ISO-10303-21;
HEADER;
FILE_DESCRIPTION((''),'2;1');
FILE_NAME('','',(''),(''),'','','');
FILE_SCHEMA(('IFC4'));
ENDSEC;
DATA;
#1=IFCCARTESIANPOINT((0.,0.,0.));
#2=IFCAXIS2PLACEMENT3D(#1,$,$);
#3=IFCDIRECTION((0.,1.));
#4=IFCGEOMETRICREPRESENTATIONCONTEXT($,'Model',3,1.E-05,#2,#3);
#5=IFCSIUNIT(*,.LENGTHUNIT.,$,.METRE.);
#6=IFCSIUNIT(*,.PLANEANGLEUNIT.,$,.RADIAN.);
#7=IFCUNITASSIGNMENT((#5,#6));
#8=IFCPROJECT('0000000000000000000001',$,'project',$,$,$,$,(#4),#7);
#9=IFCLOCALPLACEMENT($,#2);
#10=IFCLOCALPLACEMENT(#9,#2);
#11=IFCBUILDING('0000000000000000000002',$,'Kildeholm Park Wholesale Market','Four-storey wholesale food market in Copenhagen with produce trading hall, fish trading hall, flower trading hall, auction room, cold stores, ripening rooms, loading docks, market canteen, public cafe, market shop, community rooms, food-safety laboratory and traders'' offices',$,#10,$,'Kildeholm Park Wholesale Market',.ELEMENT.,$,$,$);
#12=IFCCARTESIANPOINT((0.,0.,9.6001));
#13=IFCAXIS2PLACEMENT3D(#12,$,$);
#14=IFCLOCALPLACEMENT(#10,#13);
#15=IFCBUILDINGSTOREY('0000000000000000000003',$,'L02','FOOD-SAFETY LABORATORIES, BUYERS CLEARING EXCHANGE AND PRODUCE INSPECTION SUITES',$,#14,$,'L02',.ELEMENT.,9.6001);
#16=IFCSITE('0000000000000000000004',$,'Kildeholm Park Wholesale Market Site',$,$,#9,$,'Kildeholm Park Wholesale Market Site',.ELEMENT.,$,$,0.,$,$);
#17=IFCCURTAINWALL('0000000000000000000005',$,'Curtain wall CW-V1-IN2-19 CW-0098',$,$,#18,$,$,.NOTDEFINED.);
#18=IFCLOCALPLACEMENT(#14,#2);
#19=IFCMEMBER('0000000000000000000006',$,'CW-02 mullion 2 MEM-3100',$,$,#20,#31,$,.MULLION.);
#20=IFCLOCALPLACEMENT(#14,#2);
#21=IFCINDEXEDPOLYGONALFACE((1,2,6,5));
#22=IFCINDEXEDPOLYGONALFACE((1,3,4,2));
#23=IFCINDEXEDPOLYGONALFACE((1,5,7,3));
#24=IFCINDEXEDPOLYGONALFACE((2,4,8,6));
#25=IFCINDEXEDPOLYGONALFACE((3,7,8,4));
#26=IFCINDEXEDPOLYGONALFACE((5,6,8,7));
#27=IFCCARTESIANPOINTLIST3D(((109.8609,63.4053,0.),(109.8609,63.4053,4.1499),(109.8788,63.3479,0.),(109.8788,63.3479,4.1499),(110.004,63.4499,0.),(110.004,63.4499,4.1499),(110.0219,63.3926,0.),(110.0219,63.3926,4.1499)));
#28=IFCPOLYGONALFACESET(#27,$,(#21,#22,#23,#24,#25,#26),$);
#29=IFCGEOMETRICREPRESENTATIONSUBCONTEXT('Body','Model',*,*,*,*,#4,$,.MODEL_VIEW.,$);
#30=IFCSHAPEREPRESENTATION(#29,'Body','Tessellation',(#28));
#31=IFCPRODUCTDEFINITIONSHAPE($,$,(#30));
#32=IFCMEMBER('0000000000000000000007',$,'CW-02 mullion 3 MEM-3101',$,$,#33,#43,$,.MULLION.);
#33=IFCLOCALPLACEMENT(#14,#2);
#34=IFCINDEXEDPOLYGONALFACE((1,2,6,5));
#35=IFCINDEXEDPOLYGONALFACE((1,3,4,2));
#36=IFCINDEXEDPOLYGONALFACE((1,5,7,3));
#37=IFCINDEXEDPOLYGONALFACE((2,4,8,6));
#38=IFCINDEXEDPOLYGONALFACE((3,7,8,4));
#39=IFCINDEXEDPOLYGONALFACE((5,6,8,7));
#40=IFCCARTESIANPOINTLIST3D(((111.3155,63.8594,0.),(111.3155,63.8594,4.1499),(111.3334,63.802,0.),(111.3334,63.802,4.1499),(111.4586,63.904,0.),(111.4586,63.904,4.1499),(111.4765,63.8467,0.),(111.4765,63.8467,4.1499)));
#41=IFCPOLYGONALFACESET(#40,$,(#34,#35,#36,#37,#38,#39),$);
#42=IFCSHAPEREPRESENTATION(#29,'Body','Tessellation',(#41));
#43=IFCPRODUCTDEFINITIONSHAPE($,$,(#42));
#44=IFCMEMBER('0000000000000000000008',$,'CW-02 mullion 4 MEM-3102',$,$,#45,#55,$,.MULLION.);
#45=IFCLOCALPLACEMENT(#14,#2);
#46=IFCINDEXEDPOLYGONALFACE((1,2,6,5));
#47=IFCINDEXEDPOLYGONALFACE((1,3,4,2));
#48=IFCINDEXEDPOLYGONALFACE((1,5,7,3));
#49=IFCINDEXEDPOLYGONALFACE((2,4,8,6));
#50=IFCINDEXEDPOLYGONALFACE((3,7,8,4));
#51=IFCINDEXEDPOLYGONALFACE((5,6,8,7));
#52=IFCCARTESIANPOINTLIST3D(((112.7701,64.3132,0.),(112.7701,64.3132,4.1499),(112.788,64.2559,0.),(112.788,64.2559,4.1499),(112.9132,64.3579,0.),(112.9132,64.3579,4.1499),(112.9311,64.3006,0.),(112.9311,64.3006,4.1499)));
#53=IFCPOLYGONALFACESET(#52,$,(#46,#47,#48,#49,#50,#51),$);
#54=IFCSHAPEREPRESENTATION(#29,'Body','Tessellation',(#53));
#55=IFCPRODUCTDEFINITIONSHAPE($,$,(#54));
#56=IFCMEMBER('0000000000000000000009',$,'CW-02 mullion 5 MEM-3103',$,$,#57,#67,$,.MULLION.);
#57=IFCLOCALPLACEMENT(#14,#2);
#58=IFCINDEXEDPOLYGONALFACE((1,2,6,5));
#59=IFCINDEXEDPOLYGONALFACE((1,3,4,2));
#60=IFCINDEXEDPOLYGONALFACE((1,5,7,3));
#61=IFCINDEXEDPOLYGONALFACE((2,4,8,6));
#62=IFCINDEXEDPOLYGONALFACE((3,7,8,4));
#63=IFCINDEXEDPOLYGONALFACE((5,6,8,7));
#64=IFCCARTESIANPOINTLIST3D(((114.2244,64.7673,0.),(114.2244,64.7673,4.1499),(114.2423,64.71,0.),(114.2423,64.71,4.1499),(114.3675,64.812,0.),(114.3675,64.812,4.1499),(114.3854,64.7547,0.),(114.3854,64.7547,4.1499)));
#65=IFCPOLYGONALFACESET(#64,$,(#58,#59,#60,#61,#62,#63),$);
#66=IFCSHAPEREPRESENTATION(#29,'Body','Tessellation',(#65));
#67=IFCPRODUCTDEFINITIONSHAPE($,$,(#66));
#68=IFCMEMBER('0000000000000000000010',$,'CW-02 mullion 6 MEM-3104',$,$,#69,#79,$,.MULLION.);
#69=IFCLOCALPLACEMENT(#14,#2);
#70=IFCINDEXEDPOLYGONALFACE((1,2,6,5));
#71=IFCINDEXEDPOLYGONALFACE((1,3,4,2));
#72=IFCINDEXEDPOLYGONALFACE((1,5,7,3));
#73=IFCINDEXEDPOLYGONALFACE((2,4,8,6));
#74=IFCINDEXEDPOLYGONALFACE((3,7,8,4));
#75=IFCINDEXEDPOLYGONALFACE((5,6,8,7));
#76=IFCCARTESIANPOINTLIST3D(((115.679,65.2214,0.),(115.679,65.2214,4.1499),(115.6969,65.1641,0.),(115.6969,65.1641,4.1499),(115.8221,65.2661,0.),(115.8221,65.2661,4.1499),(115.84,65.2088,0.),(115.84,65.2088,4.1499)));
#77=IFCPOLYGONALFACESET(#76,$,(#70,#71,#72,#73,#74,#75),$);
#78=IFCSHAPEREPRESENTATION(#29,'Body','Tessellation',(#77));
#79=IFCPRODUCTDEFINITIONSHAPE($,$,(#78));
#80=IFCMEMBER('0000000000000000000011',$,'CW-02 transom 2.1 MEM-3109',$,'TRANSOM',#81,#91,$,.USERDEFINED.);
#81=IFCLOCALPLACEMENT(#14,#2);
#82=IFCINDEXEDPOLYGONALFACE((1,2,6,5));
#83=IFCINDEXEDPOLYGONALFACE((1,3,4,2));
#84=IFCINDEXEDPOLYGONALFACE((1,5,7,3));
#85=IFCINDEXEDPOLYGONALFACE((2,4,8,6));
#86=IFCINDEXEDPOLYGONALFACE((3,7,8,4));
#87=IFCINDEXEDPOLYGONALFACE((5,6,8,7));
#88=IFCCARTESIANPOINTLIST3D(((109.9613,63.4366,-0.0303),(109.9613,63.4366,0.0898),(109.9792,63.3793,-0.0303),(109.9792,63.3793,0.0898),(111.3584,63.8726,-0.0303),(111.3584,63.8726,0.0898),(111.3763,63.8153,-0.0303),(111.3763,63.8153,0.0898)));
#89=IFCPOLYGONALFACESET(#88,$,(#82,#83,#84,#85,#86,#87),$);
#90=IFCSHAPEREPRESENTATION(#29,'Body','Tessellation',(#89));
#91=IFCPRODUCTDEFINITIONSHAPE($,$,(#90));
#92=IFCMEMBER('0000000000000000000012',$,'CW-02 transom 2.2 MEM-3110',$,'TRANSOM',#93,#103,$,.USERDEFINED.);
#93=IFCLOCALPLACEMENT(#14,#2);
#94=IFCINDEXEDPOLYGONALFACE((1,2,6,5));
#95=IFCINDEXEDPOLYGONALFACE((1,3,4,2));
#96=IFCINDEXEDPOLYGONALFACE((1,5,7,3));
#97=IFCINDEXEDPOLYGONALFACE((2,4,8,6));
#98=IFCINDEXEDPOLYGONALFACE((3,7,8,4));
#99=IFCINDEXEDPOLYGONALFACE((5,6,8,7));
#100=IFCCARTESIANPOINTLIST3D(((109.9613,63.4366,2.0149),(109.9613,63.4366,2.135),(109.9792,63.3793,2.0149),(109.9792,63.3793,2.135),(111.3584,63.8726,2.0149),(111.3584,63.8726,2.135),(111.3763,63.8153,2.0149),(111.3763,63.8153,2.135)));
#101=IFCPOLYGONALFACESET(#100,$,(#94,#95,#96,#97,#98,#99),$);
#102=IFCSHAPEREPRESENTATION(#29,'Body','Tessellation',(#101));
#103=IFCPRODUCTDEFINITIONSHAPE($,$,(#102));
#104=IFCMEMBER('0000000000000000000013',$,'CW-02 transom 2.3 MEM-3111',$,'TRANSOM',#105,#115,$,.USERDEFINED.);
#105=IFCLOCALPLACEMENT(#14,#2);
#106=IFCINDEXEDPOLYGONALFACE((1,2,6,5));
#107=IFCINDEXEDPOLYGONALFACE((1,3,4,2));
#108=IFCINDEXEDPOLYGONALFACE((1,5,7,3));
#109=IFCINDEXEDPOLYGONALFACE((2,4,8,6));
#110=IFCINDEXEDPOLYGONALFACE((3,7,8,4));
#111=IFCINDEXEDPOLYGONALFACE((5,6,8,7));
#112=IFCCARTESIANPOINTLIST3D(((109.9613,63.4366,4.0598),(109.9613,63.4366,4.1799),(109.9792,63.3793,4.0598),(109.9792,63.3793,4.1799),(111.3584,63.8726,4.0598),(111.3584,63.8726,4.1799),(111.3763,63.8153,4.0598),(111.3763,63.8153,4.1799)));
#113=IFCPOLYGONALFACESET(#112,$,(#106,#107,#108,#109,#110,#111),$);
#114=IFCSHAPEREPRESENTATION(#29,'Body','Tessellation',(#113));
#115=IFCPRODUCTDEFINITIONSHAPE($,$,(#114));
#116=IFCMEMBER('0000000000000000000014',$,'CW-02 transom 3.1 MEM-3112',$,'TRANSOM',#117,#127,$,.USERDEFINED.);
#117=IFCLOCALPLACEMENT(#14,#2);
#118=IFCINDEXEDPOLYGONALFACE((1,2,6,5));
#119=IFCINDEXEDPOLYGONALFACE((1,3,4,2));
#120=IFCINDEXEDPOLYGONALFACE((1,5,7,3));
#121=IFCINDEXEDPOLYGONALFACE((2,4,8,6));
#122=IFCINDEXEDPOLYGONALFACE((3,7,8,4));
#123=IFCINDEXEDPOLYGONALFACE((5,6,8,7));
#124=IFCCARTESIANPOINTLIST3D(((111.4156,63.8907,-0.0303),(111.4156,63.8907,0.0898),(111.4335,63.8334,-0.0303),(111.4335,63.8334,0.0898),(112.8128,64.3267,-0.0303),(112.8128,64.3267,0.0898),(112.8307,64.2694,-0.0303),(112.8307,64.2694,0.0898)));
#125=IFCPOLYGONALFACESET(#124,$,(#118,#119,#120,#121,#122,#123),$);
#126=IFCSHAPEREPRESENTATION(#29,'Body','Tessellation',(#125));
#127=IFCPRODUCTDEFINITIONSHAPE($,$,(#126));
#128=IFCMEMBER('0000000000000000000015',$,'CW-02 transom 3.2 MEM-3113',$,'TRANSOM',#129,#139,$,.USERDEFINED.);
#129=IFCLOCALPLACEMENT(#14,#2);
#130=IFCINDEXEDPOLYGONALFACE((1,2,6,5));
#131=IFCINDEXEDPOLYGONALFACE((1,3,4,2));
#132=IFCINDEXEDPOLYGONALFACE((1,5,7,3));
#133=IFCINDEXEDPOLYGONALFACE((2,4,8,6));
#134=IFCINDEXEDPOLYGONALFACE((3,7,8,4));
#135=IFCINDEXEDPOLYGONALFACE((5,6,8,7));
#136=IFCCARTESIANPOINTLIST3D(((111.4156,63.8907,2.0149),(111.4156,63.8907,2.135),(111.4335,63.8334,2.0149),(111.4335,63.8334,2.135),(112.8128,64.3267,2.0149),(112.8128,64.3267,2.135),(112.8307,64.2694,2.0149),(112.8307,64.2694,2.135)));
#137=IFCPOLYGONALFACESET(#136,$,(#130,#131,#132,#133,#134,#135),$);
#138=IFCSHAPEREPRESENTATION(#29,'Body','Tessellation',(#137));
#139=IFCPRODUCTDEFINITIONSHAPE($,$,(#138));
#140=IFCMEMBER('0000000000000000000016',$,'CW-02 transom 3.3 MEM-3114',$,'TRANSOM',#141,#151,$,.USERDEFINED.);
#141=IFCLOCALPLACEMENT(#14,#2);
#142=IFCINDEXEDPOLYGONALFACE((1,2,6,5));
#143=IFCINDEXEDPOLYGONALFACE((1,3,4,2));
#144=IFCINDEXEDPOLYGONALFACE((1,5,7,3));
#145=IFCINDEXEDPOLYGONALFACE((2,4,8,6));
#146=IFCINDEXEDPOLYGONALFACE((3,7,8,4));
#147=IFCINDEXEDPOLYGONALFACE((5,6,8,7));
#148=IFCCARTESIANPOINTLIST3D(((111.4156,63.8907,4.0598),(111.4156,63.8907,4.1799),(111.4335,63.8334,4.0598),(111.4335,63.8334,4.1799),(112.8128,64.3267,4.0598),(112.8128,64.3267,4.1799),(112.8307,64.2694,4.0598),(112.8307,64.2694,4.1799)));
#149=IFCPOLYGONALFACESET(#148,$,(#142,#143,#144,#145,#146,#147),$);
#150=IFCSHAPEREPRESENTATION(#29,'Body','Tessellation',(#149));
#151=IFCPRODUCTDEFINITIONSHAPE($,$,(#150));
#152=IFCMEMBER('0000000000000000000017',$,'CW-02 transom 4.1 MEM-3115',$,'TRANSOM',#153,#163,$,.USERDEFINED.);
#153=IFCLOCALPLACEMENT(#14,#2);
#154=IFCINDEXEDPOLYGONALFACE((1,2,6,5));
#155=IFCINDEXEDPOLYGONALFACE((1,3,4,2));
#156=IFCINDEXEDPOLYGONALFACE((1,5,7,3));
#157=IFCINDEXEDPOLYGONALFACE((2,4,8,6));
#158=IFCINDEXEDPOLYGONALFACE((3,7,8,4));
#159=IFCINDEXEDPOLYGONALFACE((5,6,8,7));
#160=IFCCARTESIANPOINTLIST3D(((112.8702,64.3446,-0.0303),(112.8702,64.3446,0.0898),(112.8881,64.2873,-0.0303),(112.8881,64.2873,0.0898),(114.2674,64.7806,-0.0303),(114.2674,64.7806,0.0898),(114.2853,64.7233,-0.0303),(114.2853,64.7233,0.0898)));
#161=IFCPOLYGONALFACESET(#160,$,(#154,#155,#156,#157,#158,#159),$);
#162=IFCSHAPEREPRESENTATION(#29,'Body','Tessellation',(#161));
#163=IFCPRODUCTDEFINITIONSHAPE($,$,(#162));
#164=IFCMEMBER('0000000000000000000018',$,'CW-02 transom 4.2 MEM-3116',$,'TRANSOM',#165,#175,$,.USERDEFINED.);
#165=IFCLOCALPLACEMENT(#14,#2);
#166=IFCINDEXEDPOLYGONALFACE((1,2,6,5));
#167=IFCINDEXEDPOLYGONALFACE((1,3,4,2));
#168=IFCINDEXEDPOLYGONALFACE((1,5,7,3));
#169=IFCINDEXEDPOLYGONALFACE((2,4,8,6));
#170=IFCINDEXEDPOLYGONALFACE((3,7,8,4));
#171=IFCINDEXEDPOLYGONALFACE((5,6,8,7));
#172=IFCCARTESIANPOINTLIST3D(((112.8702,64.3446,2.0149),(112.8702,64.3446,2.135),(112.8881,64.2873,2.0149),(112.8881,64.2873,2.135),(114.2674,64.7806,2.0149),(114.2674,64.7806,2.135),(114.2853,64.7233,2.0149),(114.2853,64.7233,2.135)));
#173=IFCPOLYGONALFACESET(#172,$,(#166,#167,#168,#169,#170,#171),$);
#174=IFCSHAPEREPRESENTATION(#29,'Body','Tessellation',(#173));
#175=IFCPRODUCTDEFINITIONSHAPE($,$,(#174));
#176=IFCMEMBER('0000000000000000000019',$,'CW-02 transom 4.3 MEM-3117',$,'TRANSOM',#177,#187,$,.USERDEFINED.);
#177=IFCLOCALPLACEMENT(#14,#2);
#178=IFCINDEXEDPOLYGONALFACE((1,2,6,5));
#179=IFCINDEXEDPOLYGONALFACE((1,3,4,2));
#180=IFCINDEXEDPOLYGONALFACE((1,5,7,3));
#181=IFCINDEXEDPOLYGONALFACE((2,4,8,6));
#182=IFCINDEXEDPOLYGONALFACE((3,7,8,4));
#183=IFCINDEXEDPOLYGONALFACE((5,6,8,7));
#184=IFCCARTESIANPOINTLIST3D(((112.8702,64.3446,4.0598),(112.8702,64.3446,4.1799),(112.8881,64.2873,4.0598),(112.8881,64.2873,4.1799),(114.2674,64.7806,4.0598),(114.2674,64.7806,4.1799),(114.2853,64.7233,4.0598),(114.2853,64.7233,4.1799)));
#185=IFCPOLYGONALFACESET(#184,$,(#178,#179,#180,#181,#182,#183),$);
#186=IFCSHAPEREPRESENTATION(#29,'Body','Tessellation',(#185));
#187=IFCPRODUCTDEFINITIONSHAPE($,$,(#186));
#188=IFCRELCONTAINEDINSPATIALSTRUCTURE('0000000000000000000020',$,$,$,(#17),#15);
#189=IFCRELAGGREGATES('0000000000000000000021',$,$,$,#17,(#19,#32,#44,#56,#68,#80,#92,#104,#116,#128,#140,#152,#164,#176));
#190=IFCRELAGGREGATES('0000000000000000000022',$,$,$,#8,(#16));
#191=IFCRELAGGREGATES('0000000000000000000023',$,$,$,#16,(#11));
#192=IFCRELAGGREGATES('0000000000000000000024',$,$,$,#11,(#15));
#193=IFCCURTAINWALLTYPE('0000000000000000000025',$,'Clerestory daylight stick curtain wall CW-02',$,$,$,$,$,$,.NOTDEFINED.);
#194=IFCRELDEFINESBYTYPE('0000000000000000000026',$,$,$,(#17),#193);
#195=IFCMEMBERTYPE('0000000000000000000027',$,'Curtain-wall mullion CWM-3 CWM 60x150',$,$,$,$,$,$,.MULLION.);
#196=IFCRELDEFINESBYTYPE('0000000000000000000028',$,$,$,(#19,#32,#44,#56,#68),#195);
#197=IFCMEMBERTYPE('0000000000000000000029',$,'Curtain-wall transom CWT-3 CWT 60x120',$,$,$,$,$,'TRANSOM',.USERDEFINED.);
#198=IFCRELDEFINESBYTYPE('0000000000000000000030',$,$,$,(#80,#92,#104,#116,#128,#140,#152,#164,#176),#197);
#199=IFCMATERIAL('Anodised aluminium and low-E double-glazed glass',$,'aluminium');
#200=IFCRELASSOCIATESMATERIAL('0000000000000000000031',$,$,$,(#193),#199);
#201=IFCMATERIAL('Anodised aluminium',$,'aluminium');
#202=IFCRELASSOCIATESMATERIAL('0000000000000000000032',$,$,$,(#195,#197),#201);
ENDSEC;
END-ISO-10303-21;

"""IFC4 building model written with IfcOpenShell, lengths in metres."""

from ifc_helpers import new_model, si_unit, direction, frame, origin, origin_2d, place, context, subcontext, project, spatial, rectangle, extrude, material, material_profile, profile_set, type_object, element, aggregate, save


model = new_model("IFC4")

# Units and contexts
model_context = context("Model", 3, precision=1e-05, world=origin(), true_north=direction((0.0, 1.0)))
body_context = subcontext(model_context, "Body", "Model", "MODEL_VIEW")
ifc_project = project(units=[si_unit("LENGTHUNIT", "METRE"), si_unit("PLANEANGLEUNIT", "RADIAN")], contexts=[model_context])

# Site, building, storey
site_placement = place(None, origin())
site = spatial("IfcSite", under=ifc_project, at=site_placement, Name="Kildeholm Park Wholesale Market Site", LongName="Kildeholm Park Wholesale Market Site", CompositionType="ELEMENT", RefElevation=0.0)
building_placement = place(site_placement, origin())
building = spatial("IfcBuilding", under=site, at=building_placement, Name="Kildeholm Park Wholesale Market", Description="Four-storey wholesale food market in Copenhagen with produce trading hall, fish trading hall, flower trading hall, auction room, cold stores, ripening rooms, loading docks, market canteen, public cafe, market shop, community rooms, food-safety laboratory and traders' offices", LongName="Kildeholm Park Wholesale Market", CompositionType="ELEMENT")
storey_placement = place(building_placement, frame((0.0, 0.0, 9.6001)))
storey = spatial("IfcBuildingStorey", under=building, at=storey_placement, Name="L02", Description="FOOD-SAFETY LABORATORIES, BUYERS CLEARING EXCHANGE AND PRODUCE INSPECTION SUITES", LongName="L02", CompositionType="ELEMENT", Elevation=9.6001)

# Curtain wall, members
ifc_material_1 = material(Name="Anodised aluminium and low-E double-glazed glass", Category="aluminium")
curtain_wall_type = type_object("IfcCurtainWallType", Name="Clerestory daylight stick curtain wall CW-02", PredefinedType="NOTDEFINED", material=ifc_material_1)
curtain_wall_placement = place(storey_placement, origin())
curtain_wall = element("IfcCurtainWall", 1, at=curtain_wall_placement, inside=storey, type_object=curtain_wall_type, Name="Curtain wall CW-V1-IN2-19 CW-0098", PredefinedType="NOTDEFINED")
ifc_material_2 = material(Name="Anodised aluminium", Category="aluminium")
ifc_material_profile_1 = material_profile(ifc_material_2, rectangle(XDim=0.0601, YDim=0.1499, at=origin_2d()), Name="CWM 60x150")
ifc_profile_set_1 = profile_set([ifc_material_profile_1], Name="Anodised aluminium")
member_type_1 = type_object("IfcMemberType", Name="Curtain-wall mullion CWM-3 CWM 60x150", PredefinedType="MULLION", material=ifc_profile_set_1)
member_1_placement = place(storey_placement, frame((109.9414, 63.3989, 0.0), z_axis=(0.0, 0.0, 1.0), x_axis=(-0.297957, 0.954579, 0.0)))
member_1 = element("IfcMember", 2, at=member_1_placement, type_object=member_type_1, Name="CW-02 mullion 2 MEM-3100", PredefinedType="MULLION", context=body_context, shape_type="SweptSolid", body=[
    extrude(rectangle(XDim=0.0601, YDim=0.1499, at=origin_2d()), origin(), (0.0, 0.0, 1.0), 4.1499),
])
member_2_placement = place(storey_placement, frame((111.396, 63.853, 0.0), z_axis=(0.0, 0.0, 1.0), x_axis=(-0.297957, 0.954579, 0.0)))
member_2 = element("IfcMember", 3, at=member_2_placement, type_object=member_type_1, Name="CW-02 mullion 3 MEM-3101", PredefinedType="MULLION", context=body_context, shape_type="SweptSolid", body=[
    extrude(rectangle(XDim=0.0601, YDim=0.1499, at=origin_2d()), origin(), (0.0, 0.0, 1.0), 4.1499),
])
member_3_placement = place(storey_placement, frame((112.8506, 64.3069, 0.0), z_axis=(0.0, 0.0, 1.0), x_axis=(-0.297957, 0.954579, 0.0)))
member_3 = element("IfcMember", 4, at=member_3_placement, type_object=member_type_1, Name="CW-02 mullion 4 MEM-3102", PredefinedType="MULLION", context=body_context, shape_type="SweptSolid", body=[
    extrude(rectangle(XDim=0.0601, YDim=0.1499, at=origin_2d()), origin(), (0.0, 0.0, 1.0), 4.1499),
])
member_4_placement = place(storey_placement, frame((114.3049, 64.761, 0.0), z_axis=(0.0, 0.0, 1.0), x_axis=(-0.297957, 0.954579, 0.0)))
member_4 = element("IfcMember", 5, at=member_4_placement, type_object=member_type_1, Name="CW-02 mullion 5 MEM-3103", PredefinedType="MULLION", context=body_context, shape_type="SweptSolid", body=[
    extrude(rectangle(XDim=0.0601, YDim=0.1499, at=origin_2d()), origin(), (0.0, 0.0, 1.0), 4.1499),
])
member_5_placement = place(storey_placement, frame((115.7595, 65.2151, 0.0), z_axis=(0.0, 0.0, 1.0), x_axis=(-0.297957, 0.954579, 0.0)))
member_5 = element("IfcMember", 6, at=member_5_placement, type_object=member_type_1, Name="CW-02 mullion 6 MEM-3104", PredefinedType="MULLION", context=body_context, shape_type="SweptSolid", body=[
    extrude(rectangle(XDim=0.0601, YDim=0.1499, at=origin_2d()), origin(), (0.0, 0.0, 1.0), 4.1499),
])
ifc_material_profile_2 = material_profile(ifc_material_2, rectangle(XDim=0.0601, YDim=0.1201, at=origin_2d()), Name="CWT 60x120")
ifc_profile_set_2 = profile_set([ifc_material_profile_2], Name="Anodised aluminium")
member_type_2 = type_object("IfcMemberType", Name="Curtain-wall transom CWT-3 CWT 60x120", ElementType="TRANSOM", PredefinedType="USERDEFINED", material=ifc_profile_set_2)
member_6_placement = place(storey_placement, frame((109.9702, 63.408, 0.0298), z_axis=(0.954596, 0.297905, 0.0), x_axis=(-0.297905, 0.954596, 0.0)))
member_6 = element("IfcMember", 7, at=member_6_placement, type_object=member_type_2, Name="CW-02 transom 2.1 MEM-3109", ObjectType="TRANSOM", PredefinedType="USERDEFINED", context=body_context, shape_type="SweptSolid", body=[
    extrude(rectangle(XDim=0.0601, YDim=0.1201, at=origin_2d()), origin(), (0.0, 0.0, 1.0), 1.4636),
])
member_7_placement = place(storey_placement, frame((109.9702, 63.408, 2.075), z_axis=(0.954596, 0.297905, 0.0), x_axis=(-0.297905, 0.954596, 0.0)))
member_7 = element("IfcMember", 8, at=member_7_placement, type_object=member_type_2, Name="CW-02 transom 2.2 MEM-3110", ObjectType="TRANSOM", PredefinedType="USERDEFINED", context=body_context, shape_type="SweptSolid", body=[
    extrude(rectangle(XDim=0.0601, YDim=0.1201, at=origin_2d()), origin(), (0.0, 0.0, 1.0), 1.4636),
])
member_8_placement = place(storey_placement, frame((109.9702, 63.408, 4.1199), z_axis=(0.954596, 0.297905, 0.0), x_axis=(-0.297905, 0.954596, 0.0)))
member_8 = element("IfcMember", 9, at=member_8_placement, type_object=member_type_2, Name="CW-02 transom 2.3 MEM-3111", ObjectType="TRANSOM", PredefinedType="USERDEFINED", context=body_context, shape_type="SweptSolid", body=[
    extrude(rectangle(XDim=0.0601, YDim=0.1201, at=origin_2d()), origin(), (0.0, 0.0, 1.0), 1.4636),
])
member_9_placement = place(storey_placement, frame((111.4246, 63.8621, 0.0298), z_axis=(0.954596, 0.297905, 0.0), x_axis=(-0.297905, 0.954596, 0.0)))
member_9 = element("IfcMember", 10, at=member_9_placement, type_object=member_type_2, Name="CW-02 transom 3.1 MEM-3112", ObjectType="TRANSOM", PredefinedType="USERDEFINED", context=body_context, shape_type="SweptSolid", body=[
    extrude(rectangle(XDim=0.0601, YDim=0.1201, at=origin_2d()), origin(), (0.0, 0.0, 1.0), 1.4636),
])
member_10_placement = place(storey_placement, frame((111.4246, 63.8621, 2.075), z_axis=(0.954596, 0.297905, 0.0), x_axis=(-0.297905, 0.954596, 0.0)))
member_10 = element("IfcMember", 11, at=member_10_placement, type_object=member_type_2, Name="CW-02 transom 3.2 MEM-3113", ObjectType="TRANSOM", PredefinedType="USERDEFINED", context=body_context, shape_type="SweptSolid", body=[
    extrude(rectangle(XDim=0.0601, YDim=0.1201, at=origin_2d()), origin(), (0.0, 0.0, 1.0), 1.4636),
])
member_11_placement = place(storey_placement, frame((111.4246, 63.8621, 4.1199), z_axis=(0.954596, 0.297905, 0.0), x_axis=(-0.297905, 0.954596, 0.0)))
member_11 = element("IfcMember", 12, at=member_11_placement, type_object=member_type_2, Name="CW-02 transom 3.3 MEM-3114", ObjectType="TRANSOM", PredefinedType="USERDEFINED", context=body_context, shape_type="SweptSolid", body=[
    extrude(rectangle(XDim=0.0601, YDim=0.1201, at=origin_2d()), origin(), (0.0, 0.0, 1.0), 1.4636),
])
member_12_placement = place(storey_placement, frame((112.8792, 64.3159, 0.0298), z_axis=(0.954596, 0.297905, 0.0), x_axis=(-0.297905, 0.954596, 0.0)))
member_12 = element("IfcMember", 13, at=member_12_placement, type_object=member_type_2, Name="CW-02 transom 4.1 MEM-3115", ObjectType="TRANSOM", PredefinedType="USERDEFINED", context=body_context, shape_type="SweptSolid", body=[
    extrude(rectangle(XDim=0.0601, YDim=0.1201, at=origin_2d()), origin(), (0.0, 0.0, 1.0), 1.4636),
])
member_13_placement = place(storey_placement, frame((112.8792, 64.3159, 2.075), z_axis=(0.954596, 0.297905, 0.0), x_axis=(-0.297905, 0.954596, 0.0)))
member_13 = element("IfcMember", 14, at=member_13_placement, type_object=member_type_2, Name="CW-02 transom 4.2 MEM-3116", ObjectType="TRANSOM", PredefinedType="USERDEFINED", context=body_context, shape_type="SweptSolid", body=[
    extrude(rectangle(XDim=0.0601, YDim=0.1201, at=origin_2d()), origin(), (0.0, 0.0, 1.0), 1.4636),
])
member_14_placement = place(storey_placement, frame((112.8792, 64.3159, 4.1199), z_axis=(0.954596, 0.297905, 0.0), x_axis=(-0.297905, 0.954596, 0.0)))
member_14 = element("IfcMember", 15, at=member_14_placement, type_object=member_type_2, Name="CW-02 transom 4.3 MEM-3117", ObjectType="TRANSOM", PredefinedType="USERDEFINED", context=body_context, shape_type="SweptSolid", body=[
    extrude(rectangle(XDim=0.0601, YDim=0.1201, at=origin_2d()), origin(), (0.0, 0.0, 1.0), 1.4636),
])
aggregate(curtain_wall, [member_1, member_2, member_3, member_4, member_5, member_6, member_7, member_8, member_9, member_10, member_11, member_12, member_13, member_14])

save(model, "model.ifc")
